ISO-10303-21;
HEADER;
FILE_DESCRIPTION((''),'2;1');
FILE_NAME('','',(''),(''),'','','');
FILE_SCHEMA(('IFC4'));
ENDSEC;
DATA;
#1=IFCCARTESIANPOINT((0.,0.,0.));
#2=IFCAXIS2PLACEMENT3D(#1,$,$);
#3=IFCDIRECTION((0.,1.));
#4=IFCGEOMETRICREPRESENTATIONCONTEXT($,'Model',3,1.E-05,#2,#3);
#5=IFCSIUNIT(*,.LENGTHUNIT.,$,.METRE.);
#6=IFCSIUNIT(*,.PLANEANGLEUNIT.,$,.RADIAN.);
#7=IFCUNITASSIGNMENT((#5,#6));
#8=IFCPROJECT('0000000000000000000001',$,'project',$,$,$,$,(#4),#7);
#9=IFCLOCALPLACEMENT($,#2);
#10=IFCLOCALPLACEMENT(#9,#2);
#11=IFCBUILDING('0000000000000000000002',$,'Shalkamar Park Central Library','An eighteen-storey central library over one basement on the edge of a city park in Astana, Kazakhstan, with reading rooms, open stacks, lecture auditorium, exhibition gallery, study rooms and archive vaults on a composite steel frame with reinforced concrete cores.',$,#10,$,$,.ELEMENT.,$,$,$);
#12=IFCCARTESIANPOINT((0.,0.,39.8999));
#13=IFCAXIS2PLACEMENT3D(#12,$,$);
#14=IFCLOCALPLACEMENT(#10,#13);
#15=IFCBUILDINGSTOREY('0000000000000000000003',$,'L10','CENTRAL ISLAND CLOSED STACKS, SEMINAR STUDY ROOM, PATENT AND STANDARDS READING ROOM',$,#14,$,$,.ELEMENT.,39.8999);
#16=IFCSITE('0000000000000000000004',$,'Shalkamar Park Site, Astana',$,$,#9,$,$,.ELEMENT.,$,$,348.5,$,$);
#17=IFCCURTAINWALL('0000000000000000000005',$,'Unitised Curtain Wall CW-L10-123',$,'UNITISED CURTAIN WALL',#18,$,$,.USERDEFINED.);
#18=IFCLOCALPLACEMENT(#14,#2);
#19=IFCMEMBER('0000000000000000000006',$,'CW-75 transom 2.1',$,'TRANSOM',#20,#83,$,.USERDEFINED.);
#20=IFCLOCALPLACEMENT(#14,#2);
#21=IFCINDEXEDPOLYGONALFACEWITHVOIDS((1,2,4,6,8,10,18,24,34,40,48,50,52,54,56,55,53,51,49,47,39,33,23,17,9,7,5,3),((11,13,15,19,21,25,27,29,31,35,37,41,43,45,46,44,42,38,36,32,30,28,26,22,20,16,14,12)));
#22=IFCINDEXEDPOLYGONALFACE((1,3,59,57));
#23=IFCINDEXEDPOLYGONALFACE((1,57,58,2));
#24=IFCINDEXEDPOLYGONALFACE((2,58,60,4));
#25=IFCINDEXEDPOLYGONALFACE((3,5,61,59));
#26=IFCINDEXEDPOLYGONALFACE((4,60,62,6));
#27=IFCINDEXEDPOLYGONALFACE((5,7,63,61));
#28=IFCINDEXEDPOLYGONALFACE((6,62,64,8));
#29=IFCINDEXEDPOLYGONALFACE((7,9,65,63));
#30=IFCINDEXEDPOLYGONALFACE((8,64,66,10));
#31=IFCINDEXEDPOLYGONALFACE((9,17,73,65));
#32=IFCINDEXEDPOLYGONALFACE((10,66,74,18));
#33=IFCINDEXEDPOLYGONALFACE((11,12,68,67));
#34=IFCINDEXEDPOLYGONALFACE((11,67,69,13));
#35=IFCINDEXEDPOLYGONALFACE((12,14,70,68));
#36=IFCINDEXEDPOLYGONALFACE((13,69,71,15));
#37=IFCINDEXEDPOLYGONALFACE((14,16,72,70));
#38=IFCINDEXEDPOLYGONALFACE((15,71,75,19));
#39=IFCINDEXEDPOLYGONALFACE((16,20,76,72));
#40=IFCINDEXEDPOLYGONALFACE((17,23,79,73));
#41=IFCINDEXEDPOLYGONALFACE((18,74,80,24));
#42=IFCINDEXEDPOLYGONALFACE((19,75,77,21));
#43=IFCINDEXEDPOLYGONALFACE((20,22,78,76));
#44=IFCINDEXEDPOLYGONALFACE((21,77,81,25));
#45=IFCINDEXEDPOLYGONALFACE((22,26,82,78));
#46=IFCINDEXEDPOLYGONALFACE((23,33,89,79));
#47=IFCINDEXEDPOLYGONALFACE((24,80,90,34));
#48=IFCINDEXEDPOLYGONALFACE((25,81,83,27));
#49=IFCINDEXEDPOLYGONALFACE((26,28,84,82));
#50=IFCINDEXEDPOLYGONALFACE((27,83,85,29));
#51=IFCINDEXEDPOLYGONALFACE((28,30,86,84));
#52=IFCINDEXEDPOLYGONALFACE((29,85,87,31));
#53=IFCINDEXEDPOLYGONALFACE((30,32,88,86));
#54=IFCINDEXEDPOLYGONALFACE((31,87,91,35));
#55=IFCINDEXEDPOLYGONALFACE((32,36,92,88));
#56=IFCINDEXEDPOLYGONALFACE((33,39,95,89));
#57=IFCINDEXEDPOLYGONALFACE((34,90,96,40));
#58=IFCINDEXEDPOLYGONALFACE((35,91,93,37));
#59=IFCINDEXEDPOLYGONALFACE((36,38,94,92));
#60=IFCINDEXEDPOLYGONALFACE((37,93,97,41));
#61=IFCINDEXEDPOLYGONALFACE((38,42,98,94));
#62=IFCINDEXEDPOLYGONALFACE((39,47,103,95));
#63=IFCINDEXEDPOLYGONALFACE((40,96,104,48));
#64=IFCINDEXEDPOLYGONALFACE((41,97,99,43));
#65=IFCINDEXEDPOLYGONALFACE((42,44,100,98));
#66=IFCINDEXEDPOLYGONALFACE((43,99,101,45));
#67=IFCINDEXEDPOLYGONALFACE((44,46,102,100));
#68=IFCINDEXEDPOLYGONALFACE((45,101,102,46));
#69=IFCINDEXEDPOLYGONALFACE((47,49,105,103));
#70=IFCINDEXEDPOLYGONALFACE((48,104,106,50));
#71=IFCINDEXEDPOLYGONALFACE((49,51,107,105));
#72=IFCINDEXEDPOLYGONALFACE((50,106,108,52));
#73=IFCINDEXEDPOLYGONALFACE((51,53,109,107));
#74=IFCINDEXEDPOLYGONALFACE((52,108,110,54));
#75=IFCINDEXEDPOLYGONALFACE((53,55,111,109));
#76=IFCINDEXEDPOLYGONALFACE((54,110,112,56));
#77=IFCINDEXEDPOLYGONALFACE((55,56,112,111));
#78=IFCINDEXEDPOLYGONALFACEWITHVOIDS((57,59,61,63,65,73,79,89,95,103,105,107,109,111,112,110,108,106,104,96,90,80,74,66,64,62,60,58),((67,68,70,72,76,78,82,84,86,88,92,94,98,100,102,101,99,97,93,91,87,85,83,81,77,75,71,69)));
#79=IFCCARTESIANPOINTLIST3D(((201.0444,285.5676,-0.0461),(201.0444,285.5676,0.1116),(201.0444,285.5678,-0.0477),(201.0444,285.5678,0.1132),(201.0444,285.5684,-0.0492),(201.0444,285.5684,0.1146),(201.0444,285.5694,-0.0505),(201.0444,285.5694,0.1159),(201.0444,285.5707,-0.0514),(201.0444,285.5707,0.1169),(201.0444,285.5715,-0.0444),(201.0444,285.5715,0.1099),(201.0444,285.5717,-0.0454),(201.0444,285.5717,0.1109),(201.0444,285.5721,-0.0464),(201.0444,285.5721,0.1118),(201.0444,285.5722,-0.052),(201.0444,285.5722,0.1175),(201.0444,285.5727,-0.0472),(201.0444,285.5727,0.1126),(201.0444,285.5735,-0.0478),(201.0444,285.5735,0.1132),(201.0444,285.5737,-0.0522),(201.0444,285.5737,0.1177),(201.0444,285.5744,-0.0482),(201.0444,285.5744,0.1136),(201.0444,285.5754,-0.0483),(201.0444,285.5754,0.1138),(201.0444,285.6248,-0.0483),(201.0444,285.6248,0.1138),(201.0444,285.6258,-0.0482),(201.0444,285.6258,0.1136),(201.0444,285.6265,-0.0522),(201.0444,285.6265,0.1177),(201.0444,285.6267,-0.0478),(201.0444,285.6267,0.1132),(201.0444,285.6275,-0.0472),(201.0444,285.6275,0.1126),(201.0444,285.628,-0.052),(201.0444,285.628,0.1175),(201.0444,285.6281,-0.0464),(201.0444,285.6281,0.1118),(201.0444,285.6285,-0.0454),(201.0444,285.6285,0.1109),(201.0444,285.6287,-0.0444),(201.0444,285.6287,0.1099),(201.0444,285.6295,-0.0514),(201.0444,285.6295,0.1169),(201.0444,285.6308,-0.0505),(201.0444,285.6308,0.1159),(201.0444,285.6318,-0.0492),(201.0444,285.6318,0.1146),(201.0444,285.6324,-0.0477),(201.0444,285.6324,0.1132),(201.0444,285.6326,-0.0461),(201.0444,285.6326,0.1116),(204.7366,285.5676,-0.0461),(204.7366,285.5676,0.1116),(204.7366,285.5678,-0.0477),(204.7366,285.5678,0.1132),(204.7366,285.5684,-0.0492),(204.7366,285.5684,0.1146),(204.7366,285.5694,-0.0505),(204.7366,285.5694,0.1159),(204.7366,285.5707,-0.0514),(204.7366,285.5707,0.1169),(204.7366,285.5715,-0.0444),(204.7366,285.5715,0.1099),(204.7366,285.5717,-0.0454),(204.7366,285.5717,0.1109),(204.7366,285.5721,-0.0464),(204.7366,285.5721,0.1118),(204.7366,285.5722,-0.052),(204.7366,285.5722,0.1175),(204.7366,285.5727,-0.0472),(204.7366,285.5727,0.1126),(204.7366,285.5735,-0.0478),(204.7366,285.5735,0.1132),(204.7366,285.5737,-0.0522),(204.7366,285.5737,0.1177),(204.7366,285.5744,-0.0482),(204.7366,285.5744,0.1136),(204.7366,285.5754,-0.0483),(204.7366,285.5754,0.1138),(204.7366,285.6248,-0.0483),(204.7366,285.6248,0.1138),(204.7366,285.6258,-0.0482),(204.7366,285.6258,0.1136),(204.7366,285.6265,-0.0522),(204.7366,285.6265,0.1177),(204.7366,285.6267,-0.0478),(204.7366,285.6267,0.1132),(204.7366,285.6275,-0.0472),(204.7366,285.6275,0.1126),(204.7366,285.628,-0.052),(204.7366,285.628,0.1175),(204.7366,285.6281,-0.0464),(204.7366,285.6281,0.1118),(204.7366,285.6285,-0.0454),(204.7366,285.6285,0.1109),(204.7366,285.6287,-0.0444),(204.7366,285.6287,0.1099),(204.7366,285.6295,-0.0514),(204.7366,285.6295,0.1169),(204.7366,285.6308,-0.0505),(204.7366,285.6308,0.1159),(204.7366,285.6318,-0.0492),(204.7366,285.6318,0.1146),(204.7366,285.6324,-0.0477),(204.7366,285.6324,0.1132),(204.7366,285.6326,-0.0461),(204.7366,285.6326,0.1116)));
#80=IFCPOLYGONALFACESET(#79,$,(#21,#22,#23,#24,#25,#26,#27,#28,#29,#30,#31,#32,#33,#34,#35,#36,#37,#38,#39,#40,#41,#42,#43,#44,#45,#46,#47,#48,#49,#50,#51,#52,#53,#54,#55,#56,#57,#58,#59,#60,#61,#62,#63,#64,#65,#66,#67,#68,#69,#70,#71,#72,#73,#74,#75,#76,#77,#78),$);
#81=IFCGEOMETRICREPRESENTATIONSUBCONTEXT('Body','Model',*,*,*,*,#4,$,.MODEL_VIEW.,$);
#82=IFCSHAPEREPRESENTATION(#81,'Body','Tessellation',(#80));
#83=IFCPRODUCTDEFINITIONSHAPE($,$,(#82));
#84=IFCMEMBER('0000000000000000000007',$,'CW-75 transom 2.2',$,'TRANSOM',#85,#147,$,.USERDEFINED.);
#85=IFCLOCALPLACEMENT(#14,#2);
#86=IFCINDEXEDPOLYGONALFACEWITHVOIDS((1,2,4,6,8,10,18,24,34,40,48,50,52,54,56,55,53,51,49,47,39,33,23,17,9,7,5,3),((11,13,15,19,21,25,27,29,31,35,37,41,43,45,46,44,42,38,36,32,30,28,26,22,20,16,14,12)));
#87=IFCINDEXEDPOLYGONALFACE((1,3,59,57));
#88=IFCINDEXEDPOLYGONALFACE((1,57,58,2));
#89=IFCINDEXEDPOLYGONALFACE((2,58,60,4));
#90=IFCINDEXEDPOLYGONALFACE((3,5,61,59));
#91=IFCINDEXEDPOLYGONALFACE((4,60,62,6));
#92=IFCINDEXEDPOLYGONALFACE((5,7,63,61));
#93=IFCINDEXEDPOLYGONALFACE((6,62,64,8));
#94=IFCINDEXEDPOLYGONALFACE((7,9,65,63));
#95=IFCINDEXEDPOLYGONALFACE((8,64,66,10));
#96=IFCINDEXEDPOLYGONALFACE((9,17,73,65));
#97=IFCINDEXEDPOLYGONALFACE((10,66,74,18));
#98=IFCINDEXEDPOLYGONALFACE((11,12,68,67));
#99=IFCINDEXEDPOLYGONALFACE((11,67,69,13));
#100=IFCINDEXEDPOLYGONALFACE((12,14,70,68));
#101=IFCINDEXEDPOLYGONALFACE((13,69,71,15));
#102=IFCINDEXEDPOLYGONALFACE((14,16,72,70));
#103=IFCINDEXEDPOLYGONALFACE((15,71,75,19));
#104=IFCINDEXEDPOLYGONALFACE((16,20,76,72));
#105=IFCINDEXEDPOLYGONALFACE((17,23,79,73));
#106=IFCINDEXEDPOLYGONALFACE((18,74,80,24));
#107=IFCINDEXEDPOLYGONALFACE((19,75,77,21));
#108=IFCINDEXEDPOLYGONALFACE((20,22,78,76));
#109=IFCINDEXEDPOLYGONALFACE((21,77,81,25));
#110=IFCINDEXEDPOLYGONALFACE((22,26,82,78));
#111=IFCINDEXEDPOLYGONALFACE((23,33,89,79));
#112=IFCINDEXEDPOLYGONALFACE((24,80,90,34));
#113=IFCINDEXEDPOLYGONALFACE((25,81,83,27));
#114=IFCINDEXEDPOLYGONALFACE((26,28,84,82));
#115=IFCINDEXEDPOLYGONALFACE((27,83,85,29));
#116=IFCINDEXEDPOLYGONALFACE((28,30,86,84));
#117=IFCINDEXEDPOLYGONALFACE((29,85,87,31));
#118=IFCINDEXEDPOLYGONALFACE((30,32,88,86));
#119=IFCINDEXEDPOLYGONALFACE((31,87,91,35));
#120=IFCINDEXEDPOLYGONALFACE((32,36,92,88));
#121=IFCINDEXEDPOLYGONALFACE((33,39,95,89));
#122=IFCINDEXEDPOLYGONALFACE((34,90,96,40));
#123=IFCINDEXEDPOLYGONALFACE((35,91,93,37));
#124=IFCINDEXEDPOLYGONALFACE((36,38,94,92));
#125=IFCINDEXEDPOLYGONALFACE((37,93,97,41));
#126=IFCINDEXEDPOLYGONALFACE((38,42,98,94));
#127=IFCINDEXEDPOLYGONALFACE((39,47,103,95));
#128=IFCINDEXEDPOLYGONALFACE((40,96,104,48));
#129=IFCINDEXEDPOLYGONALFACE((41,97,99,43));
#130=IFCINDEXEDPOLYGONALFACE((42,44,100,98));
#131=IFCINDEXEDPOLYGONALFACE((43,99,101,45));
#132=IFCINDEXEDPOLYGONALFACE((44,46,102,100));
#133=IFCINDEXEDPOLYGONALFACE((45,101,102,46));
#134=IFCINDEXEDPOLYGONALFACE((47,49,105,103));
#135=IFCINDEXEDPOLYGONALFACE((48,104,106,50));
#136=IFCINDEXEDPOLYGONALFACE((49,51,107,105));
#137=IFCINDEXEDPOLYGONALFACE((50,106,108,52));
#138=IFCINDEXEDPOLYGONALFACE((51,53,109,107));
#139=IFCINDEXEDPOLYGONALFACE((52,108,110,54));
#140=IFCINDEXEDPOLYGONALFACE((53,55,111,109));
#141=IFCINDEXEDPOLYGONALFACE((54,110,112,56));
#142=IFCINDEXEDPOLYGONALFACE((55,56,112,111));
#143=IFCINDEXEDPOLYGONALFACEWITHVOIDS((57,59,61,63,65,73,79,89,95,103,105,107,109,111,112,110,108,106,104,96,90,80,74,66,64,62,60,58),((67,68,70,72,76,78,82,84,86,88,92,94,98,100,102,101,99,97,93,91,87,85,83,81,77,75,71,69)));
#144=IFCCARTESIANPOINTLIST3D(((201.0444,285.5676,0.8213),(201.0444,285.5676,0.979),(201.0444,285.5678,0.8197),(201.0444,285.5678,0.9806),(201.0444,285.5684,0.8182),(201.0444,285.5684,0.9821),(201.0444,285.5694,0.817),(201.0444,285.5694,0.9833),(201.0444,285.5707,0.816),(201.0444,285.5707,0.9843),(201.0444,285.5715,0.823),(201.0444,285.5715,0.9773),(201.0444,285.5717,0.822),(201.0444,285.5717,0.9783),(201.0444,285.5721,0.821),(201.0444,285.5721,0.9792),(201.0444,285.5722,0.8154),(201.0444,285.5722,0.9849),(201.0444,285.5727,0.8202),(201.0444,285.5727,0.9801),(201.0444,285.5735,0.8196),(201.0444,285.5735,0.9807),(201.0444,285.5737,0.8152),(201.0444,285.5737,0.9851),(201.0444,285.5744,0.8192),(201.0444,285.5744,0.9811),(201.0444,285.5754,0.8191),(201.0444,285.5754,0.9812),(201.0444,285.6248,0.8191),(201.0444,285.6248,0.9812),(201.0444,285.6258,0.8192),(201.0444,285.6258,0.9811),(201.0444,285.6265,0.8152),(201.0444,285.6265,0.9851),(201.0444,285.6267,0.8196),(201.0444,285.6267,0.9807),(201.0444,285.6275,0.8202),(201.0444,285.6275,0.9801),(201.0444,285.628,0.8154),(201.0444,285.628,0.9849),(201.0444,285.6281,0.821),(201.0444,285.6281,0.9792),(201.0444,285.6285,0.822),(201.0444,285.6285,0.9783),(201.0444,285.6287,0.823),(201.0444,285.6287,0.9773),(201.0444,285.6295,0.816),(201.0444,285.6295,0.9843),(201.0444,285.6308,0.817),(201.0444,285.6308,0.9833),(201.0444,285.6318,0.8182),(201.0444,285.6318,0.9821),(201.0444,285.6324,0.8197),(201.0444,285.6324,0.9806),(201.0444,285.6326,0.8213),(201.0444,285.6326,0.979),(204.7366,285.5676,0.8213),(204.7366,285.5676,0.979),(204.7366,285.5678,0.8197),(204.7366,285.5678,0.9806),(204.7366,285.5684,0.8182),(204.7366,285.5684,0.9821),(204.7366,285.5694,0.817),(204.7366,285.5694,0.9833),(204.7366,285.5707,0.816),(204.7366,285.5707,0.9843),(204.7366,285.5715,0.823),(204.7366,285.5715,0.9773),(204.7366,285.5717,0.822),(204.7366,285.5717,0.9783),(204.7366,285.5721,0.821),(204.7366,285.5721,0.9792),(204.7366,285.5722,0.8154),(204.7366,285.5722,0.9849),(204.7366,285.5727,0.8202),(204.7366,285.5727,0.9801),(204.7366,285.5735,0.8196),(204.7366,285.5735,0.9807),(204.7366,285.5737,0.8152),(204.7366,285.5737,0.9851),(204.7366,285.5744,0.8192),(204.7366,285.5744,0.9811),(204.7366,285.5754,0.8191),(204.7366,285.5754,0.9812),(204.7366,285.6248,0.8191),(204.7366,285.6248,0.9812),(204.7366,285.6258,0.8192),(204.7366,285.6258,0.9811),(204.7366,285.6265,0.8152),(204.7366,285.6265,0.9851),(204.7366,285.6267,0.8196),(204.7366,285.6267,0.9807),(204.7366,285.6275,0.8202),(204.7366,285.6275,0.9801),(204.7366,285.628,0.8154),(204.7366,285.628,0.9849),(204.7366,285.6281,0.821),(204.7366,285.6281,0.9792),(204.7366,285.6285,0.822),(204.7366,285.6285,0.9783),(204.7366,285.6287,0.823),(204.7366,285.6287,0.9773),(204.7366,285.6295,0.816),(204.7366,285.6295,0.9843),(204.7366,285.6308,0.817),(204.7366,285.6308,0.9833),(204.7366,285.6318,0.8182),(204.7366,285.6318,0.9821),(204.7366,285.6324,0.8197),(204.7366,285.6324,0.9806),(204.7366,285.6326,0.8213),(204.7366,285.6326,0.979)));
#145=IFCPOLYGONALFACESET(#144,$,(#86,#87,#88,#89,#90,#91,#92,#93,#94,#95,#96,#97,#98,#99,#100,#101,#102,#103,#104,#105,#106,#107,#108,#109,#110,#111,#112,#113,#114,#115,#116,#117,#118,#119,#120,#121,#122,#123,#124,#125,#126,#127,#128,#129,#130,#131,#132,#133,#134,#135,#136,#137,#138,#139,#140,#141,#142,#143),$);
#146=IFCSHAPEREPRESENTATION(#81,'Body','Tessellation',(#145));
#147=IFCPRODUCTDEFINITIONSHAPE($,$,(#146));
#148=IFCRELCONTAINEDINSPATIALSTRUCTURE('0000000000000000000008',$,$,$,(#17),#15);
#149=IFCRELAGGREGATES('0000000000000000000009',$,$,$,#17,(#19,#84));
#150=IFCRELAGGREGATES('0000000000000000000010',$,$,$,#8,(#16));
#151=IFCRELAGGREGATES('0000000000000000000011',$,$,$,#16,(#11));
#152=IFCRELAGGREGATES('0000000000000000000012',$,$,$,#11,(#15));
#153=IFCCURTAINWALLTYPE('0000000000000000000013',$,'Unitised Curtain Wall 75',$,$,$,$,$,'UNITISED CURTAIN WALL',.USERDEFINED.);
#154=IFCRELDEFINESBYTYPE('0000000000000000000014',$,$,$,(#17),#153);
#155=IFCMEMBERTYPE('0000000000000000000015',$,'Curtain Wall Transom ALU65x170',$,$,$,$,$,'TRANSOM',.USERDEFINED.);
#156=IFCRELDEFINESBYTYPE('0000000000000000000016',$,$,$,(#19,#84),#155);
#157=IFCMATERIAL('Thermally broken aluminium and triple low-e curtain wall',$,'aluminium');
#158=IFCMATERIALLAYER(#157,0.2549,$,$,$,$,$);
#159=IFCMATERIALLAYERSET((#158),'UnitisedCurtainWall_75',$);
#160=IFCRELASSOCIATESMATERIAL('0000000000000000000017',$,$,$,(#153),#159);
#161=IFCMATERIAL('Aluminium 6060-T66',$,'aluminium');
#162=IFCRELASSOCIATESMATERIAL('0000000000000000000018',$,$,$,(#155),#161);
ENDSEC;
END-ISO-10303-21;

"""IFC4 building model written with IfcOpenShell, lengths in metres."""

from ifc_helpers import new_model, si_unit, direction, frame, origin, origin_2d, place, context, subcontext, project, spatial, hollow_rectangle, extrude, material, layer, layer_set, material_profile, profile_set, type_object, element, aggregate, save


model = new_model("IFC4")

# Units and contexts
model_context = context("Model", 3, precision=1e-05, world=origin(), true_north=direction((0.0, 1.0)))
body_context = subcontext(model_context, "Body", "Model", "MODEL_VIEW")
ifc_project = project(units=[si_unit("LENGTHUNIT", "METRE"), si_unit("PLANEANGLEUNIT", "RADIAN")], contexts=[model_context])

# Site, building, storey
site_placement = place(None, origin())
site = spatial("IfcSite", under=ifc_project, at=site_placement, Name="Shalkamar Park Site, Astana", CompositionType="ELEMENT", RefElevation=348.5)
building_placement = place(site_placement, origin())
building = spatial("IfcBuilding", under=site, at=building_placement, Name="Shalkamar Park Central Library", Description="An eighteen-storey central library over one basement on the edge of a city park in Astana, Kazakhstan, with reading rooms, open stacks, lecture auditorium, exhibition gallery, study rooms and archive vaults on a composite steel frame with reinforced concrete cores.", CompositionType="ELEMENT")
storey_placement = place(building_placement, frame((0.0, 0.0, 39.8999)))
storey = spatial("IfcBuildingStorey", under=building, at=storey_placement, Name="L10", Description="CENTRAL ISLAND CLOSED STACKS, SEMINAR STUDY ROOM, PATENT AND STANDARDS READING ROOM", CompositionType="ELEMENT", Elevation=39.8999)

# Curtain wall
ifc_material_1 = material(Name="Thermally broken aluminium and triple low-e curtain wall", Category="aluminium")
ifc_layer_1 = layer(ifc_material_1, 0.2549)
ifc_layer_set_1 = layer_set([ifc_layer_1], Name="UnitisedCurtainWall_75")
curtain_wall_type_1 = type_object("IfcCurtainWallType", Name="Unitised Curtain Wall 75", ElementType="UNITISED CURTAIN WALL", PredefinedType="USERDEFINED", material=ifc_layer_set_1)
curtain_wall_1_placement = place(storey_placement, origin())
curtain_wall_1 = element("IfcCurtainWall", 1, at=curtain_wall_1_placement, inside=storey, type_object=curtain_wall_type_1, Name="Unitised Curtain Wall CW-L10-123", ObjectType="UNITISED CURTAIN WALL", PredefinedType="USERDEFINED")
ifc_material_2 = material(Name="Aluminium 6060-T66", Category="aluminium")

# Members
ifc_material_profile_1 = material_profile(ifc_material_2, hollow_rectangle(XDim=0.0649, YDim=0.1699, WallThickness=0.0039, InnerFilletRadius=0.0039, OuterFilletRadius=0.0061, at=origin_2d()), Name="ALU 65x170x4")
ifc_profile_set_1 = profile_set([ifc_material_profile_1], Name="Aluminium 6060-T66")
member_type_1 = type_object("IfcMemberType", Name="Curtain Wall Transom ALU65x170", ElementType="TRANSOM", PredefinedType="USERDEFINED", material=ifc_profile_set_1)
member_1_placement = place(storey_placement, frame((201.0444, 285.6001, 0.0327), z_axis=(1.0, 0.0, 0.0), x_axis=(0.0, 1.0, 0.0)))
member_1 = element("IfcMember", 2, at=member_1_placement, type_object=member_type_1, Name="CW-75 transom 2.1", ObjectType="TRANSOM", PredefinedType="USERDEFINED", context=body_context, shape_type="SweptSolid", body=[
    extrude(hollow_rectangle(XDim=0.0649, YDim=0.1699, WallThickness=0.0039, InnerFilletRadius=0.0039, OuterFilletRadius=0.0061, at=origin_2d()), origin(), (0.0, 0.0, 1.0), 3.6921),
])
member_2_placement = place(storey_placement, frame((201.0444, 285.6001, 0.9001), z_axis=(1.0, 0.0, 0.0), x_axis=(0.0, 1.0, 0.0)))
member_2 = element("IfcMember", 3, at=member_2_placement, type_object=member_type_1, Name="CW-75 transom 2.2", ObjectType="TRANSOM", PredefinedType="USERDEFINED", context=body_context, shape_type="SweptSolid", body=[
    extrude(hollow_rectangle(XDim=0.0649, YDim=0.1699, WallThickness=0.0039, InnerFilletRadius=0.0039, OuterFilletRadius=0.0061, at=origin_2d()), origin(), (0.0, 0.0, 1.0), 3.6921),
])

aggregate(curtain_wall_1, [member_1, member_2])

save(model, "model.ifc")
